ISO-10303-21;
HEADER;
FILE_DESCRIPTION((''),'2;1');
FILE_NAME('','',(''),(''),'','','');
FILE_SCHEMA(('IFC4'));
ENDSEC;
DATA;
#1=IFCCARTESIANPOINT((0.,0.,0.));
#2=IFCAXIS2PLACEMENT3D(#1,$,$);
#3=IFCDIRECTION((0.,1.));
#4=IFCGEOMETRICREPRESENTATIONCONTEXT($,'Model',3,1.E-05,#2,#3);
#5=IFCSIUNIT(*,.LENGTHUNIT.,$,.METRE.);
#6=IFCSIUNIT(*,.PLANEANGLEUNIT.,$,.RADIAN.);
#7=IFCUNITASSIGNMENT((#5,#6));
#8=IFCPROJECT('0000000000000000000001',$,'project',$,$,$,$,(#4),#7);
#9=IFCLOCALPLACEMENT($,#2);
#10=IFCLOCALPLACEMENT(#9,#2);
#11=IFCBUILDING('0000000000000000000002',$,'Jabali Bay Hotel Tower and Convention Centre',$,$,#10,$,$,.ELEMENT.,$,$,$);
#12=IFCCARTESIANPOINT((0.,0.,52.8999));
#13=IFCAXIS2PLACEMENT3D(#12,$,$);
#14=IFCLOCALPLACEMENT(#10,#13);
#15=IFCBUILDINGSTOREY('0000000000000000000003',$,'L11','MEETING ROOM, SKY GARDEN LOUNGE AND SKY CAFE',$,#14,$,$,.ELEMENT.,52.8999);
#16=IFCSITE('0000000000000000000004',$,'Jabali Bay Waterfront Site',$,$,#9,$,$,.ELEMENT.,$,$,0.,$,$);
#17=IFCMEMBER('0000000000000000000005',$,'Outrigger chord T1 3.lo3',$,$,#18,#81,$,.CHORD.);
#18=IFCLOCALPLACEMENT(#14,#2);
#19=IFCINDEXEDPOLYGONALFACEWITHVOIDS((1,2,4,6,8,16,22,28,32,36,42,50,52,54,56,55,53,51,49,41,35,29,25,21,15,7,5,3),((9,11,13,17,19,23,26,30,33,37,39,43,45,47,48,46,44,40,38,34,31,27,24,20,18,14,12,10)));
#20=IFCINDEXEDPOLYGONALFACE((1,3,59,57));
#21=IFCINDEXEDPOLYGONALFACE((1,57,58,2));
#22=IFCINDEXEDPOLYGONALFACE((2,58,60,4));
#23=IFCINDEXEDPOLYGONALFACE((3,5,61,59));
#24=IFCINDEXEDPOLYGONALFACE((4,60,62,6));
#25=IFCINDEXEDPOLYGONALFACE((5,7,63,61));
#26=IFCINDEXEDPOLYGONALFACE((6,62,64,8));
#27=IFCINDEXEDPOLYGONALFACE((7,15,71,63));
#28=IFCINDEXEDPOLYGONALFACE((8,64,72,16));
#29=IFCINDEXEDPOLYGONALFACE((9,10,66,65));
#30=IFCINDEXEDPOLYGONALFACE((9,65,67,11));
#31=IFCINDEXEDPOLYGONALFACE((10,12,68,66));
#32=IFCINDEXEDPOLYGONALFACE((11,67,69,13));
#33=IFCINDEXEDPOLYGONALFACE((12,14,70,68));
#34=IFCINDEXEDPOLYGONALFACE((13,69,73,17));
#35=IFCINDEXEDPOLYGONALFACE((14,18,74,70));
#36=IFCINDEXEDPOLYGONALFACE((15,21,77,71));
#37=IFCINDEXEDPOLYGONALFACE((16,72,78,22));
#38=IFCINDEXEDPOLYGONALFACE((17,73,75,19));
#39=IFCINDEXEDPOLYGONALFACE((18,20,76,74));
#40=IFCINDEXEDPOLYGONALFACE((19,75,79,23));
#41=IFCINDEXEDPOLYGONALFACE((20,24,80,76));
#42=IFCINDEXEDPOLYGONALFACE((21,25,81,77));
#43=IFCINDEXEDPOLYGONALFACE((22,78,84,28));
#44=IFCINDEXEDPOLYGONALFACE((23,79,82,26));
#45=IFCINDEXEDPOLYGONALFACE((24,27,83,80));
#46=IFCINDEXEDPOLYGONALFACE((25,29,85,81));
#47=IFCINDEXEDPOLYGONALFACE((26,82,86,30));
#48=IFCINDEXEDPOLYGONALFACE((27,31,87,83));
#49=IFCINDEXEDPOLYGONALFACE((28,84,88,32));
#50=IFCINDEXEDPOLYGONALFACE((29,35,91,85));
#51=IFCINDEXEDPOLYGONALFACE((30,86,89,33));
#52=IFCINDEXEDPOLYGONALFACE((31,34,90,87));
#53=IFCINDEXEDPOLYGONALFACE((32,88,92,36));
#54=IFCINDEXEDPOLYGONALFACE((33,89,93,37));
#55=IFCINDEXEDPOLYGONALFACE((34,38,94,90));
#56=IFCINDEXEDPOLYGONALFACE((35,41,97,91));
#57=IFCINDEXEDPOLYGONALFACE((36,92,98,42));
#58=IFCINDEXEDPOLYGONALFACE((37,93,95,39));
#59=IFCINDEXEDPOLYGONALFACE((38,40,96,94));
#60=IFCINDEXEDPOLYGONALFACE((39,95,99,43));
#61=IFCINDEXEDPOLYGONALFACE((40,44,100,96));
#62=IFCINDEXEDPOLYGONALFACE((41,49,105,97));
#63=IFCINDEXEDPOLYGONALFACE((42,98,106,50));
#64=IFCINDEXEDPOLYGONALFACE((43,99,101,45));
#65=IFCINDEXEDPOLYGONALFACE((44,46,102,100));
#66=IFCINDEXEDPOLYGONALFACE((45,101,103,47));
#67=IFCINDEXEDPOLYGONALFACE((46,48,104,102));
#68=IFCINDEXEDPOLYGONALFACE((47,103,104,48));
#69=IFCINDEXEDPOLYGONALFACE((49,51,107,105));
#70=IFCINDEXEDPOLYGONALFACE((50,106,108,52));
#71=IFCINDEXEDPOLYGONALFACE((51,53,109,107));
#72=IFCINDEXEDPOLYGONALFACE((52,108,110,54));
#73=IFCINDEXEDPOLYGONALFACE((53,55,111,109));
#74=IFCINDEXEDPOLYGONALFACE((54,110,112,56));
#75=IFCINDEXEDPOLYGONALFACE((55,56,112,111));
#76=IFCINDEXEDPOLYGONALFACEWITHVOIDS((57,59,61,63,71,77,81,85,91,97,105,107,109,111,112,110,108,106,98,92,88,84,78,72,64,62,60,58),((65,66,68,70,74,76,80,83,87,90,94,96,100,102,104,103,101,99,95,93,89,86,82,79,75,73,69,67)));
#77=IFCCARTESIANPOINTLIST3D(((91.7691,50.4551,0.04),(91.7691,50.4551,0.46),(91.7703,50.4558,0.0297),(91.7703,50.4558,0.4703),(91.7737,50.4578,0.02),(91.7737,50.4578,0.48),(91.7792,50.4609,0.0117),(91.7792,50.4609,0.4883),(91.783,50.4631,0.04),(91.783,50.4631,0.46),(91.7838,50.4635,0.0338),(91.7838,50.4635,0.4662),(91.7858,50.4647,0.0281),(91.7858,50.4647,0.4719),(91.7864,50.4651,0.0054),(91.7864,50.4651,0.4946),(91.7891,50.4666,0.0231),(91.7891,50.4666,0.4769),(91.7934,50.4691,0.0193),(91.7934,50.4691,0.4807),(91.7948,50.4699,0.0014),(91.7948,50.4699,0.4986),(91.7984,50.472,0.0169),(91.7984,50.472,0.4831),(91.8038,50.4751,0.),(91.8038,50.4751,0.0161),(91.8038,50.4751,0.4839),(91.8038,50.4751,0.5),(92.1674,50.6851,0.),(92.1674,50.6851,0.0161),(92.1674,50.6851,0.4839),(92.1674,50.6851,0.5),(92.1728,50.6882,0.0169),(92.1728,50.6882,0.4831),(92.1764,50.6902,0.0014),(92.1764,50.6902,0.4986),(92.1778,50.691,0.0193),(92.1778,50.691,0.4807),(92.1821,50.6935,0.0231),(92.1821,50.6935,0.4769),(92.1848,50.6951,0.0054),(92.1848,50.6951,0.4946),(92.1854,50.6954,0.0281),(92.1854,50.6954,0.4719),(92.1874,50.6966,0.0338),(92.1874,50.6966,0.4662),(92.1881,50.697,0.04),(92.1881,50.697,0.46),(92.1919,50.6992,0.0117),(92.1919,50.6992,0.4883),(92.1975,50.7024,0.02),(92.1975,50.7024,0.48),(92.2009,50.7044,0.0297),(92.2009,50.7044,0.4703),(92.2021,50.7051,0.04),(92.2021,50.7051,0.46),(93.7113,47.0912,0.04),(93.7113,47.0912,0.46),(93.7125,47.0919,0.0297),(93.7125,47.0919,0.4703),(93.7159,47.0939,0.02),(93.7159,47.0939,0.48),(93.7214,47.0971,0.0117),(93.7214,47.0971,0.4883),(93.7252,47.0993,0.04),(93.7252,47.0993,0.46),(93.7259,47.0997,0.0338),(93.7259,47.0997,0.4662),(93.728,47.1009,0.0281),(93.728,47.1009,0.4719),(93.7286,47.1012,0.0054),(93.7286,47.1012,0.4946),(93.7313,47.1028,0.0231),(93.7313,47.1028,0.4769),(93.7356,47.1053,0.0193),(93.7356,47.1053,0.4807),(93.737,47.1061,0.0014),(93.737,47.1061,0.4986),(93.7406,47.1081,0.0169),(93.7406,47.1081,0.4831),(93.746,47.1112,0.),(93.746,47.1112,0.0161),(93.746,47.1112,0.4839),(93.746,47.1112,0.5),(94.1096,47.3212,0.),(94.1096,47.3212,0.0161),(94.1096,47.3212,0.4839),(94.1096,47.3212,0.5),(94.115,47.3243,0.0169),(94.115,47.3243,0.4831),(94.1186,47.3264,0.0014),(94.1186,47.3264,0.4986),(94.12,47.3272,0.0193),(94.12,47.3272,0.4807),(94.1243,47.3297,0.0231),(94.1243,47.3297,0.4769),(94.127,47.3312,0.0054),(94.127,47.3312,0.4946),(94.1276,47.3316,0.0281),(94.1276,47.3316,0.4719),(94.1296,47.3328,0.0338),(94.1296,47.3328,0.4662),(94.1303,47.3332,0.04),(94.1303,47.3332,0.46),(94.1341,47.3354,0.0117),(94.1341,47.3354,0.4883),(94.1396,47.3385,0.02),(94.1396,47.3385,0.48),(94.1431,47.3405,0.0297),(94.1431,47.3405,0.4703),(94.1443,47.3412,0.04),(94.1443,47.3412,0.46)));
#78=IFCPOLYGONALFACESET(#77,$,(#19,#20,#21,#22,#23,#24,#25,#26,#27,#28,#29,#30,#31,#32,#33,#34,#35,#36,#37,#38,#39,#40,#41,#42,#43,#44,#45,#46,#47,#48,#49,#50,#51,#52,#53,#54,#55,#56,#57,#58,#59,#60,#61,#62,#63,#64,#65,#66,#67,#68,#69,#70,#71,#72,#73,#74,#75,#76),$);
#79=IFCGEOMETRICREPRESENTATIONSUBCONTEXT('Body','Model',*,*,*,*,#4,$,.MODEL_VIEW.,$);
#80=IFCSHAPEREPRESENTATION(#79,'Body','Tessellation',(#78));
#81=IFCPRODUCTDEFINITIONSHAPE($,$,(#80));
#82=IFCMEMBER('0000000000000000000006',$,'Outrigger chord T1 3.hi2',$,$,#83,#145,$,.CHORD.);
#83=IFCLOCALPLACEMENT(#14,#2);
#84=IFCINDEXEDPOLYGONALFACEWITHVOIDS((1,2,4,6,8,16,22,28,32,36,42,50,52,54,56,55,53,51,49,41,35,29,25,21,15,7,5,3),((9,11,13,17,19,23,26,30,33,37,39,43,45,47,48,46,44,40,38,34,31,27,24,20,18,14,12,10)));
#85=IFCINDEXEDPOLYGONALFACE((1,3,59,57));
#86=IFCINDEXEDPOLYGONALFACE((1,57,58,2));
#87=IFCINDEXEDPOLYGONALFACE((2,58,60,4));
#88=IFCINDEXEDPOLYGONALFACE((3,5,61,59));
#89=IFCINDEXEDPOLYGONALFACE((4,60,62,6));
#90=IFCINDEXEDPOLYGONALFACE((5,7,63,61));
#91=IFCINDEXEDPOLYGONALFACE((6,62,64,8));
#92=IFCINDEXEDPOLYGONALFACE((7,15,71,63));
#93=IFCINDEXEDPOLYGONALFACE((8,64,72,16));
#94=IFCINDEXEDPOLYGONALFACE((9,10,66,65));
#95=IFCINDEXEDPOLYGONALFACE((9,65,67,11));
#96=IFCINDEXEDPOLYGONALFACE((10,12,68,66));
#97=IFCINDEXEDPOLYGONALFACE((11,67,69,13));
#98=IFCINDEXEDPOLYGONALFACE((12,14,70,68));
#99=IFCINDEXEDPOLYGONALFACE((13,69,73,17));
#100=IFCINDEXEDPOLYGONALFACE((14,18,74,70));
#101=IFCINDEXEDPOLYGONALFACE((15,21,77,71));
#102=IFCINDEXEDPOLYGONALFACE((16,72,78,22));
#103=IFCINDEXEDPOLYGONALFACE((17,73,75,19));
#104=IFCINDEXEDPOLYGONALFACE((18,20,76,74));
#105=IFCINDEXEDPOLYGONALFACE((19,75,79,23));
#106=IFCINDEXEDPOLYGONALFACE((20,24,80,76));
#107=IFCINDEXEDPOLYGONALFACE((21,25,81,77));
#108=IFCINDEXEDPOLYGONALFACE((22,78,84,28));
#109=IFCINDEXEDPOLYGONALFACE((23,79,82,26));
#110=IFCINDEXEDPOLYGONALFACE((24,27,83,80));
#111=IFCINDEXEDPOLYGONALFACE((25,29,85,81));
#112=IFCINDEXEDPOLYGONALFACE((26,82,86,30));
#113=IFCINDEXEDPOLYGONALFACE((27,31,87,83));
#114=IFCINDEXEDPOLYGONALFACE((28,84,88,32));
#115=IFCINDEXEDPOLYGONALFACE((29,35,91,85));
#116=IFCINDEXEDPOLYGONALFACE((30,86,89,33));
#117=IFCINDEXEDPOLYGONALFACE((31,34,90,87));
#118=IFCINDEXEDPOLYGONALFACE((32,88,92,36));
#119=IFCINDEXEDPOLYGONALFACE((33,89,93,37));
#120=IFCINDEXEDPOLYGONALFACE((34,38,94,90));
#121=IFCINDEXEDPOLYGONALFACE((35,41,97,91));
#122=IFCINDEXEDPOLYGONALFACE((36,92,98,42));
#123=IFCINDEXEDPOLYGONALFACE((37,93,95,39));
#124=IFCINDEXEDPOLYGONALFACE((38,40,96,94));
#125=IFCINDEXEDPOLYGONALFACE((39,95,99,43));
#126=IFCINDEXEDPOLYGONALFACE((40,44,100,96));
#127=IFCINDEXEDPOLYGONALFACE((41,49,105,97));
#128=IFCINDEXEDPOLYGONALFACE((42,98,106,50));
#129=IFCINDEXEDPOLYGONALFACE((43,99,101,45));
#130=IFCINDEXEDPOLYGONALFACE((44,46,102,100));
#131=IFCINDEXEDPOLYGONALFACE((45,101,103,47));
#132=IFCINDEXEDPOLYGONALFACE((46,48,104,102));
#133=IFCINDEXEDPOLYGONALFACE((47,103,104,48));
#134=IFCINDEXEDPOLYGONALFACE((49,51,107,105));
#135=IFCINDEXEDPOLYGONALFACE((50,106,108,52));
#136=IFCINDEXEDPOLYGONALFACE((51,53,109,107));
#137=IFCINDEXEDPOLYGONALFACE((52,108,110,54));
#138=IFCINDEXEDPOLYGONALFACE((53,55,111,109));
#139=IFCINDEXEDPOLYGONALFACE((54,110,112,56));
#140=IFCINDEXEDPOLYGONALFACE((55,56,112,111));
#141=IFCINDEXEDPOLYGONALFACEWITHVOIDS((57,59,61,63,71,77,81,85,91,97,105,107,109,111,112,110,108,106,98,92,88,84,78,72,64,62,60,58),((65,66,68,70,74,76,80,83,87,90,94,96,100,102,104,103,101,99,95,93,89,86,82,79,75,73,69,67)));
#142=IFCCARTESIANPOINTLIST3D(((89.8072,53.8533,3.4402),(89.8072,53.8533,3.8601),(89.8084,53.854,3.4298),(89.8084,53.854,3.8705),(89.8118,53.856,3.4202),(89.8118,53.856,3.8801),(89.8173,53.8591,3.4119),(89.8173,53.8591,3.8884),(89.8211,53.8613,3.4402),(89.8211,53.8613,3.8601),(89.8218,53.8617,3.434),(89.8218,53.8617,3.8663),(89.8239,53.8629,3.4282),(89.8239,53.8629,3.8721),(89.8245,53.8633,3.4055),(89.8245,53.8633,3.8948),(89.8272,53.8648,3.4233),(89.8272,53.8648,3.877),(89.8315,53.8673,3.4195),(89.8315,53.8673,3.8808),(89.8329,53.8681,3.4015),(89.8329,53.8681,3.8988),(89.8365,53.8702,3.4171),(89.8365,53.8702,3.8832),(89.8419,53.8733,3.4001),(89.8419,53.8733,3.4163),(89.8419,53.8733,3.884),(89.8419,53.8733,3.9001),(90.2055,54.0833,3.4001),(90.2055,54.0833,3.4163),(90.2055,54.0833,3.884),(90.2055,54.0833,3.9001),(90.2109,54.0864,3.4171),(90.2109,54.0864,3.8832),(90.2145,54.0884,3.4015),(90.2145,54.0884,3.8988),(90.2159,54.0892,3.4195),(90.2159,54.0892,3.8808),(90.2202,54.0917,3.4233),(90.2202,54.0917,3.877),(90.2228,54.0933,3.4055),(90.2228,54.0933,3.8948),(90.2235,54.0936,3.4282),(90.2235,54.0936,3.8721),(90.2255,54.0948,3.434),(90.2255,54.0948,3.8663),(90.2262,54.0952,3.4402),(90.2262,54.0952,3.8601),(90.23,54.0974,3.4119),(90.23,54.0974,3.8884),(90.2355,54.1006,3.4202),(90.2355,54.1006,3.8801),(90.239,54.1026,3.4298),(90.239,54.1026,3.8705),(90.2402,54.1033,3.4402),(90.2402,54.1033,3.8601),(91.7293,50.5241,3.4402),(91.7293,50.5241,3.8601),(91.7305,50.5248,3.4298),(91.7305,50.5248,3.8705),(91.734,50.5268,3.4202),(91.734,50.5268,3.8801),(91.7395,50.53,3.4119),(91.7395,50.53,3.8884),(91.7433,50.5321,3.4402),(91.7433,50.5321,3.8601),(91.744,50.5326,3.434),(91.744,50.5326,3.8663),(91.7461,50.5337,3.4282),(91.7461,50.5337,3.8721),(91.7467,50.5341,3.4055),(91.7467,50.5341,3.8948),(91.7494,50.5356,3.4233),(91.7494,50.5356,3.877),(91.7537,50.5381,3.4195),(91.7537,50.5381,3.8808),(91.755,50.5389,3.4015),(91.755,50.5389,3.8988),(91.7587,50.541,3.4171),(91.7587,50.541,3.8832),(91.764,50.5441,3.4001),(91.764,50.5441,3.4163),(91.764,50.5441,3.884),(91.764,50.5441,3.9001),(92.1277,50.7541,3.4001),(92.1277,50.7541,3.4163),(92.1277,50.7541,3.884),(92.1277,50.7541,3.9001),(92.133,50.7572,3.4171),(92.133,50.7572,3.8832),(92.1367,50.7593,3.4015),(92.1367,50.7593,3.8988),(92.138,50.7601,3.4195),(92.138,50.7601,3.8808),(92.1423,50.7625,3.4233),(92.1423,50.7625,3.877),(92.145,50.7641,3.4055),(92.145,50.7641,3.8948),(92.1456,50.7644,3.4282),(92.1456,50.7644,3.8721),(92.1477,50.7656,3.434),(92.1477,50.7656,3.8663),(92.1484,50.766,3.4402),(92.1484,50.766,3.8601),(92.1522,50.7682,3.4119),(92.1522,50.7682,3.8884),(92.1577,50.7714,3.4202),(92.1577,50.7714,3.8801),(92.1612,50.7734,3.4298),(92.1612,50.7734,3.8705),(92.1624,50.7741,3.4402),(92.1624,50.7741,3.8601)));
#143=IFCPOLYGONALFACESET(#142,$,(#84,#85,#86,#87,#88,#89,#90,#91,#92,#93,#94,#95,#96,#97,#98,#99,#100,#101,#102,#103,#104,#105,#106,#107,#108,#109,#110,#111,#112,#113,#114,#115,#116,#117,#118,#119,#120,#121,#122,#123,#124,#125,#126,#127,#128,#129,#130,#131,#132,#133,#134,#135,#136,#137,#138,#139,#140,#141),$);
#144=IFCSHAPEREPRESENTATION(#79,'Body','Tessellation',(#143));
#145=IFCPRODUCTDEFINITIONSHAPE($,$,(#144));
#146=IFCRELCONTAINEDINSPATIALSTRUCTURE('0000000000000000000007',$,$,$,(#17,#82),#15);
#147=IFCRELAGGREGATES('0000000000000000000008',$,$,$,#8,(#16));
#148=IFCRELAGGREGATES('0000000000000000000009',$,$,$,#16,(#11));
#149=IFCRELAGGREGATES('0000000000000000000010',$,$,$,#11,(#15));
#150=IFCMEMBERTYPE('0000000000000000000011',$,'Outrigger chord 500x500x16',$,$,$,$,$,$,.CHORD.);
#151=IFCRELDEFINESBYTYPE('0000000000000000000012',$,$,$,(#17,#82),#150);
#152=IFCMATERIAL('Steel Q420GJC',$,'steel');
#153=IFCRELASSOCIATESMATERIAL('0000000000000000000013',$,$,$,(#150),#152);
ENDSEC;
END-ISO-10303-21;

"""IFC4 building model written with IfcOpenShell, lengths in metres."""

from ifc_helpers import new_model, si_unit, direction, frame, origin, origin_2d, place, context, subcontext, project, spatial, hollow_rectangle, extrude, material, material_profile, profile_set, type_object, element, save


model = new_model("IFC4")

# Units and contexts
model_context = context("Model", 3, precision=1e-05, world=origin(), true_north=direction((0.0, 1.0)))
body_context = subcontext(model_context, "Body", "Model", "MODEL_VIEW")
ifc_project = project(units=[si_unit("LENGTHUNIT", "METRE"), si_unit("PLANEANGLEUNIT", "RADIAN")], contexts=[model_context])

# Site, building, storey
site_placement = place(None, origin())
site = spatial("IfcSite", under=ifc_project, at=site_placement, Name="Jabali Bay Waterfront Site", CompositionType="ELEMENT", RefElevation=0.0)
building_placement = place(site_placement, origin())
building = spatial("IfcBuilding", under=site, at=building_placement, Name="Jabali Bay Hotel Tower and Convention Centre", CompositionType="ELEMENT")
storey_placement = place(building_placement, frame((0.0, 0.0, 52.8999)))
storey = spatial("IfcBuildingStorey", under=building, at=storey_placement, Name="L11", Description="MEETING ROOM, SKY GARDEN LOUNGE AND SKY CAFE", CompositionType="ELEMENT", Elevation=52.8999)

# Shared definitions
ifc_material_1 = material(Name="Steel Q420GJC", Category="steel")

# Members
ifc_material_profile_1 = material_profile(ifc_material_1, hollow_rectangle(XDim=0.5, YDim=0.5, WallThickness=0.0161, InnerFilletRadius=0.0239, OuterFilletRadius=0.04, at=origin_2d()), Name="Outrigger chord 500x500x16")
ifc_profile_set_1 = profile_set([ifc_material_profile_1], Name="Steel Q420GJC")
member_type_1 = type_object("IfcMemberType", Name="Outrigger chord 500x500x16", PredefinedType="CHORD", material=ifc_profile_set_1)
member_1_placement = place(storey_placement, frame((91.9856, 50.5801, 0.25), z_axis=(0.500013, -0.866018, 0.0), x_axis=(0.866018, 0.500013, 0.0)))
element("IfcMember", 1, at=member_1_placement, inside=storey, type_object=member_type_1, Name="Outrigger chord T1 3.lo3", PredefinedType="CHORD", context=body_context, shape_type="SweptSolid", body=[
    extrude(hollow_rectangle(XDim=0.5, YDim=0.5, WallThickness=0.0161, InnerFilletRadius=0.0239, OuterFilletRadius=0.04, at=origin_2d()), origin(), (0.0, 0.0, 1.0), 3.8843),
])
member_2_placement = place(storey_placement, frame((90.0237, 53.9783, 3.6501), z_axis=(0.500012, -0.866018, 0.0), x_axis=(0.866018, 0.500012, 0.0)))
element("IfcMember", 2, at=member_2_placement, inside=storey, type_object=member_type_1, Name="Outrigger chord T1 3.hi2", PredefinedType="CHORD", context=body_context, shape_type="SweptSolid", body=[
    extrude(hollow_rectangle(XDim=0.5, YDim=0.5, WallThickness=0.0161, InnerFilletRadius=0.0239, OuterFilletRadius=0.04, at=origin_2d()), origin(), (0.0, 0.0, 1.0), 3.8442),
])

save(model, "model.ifc")
